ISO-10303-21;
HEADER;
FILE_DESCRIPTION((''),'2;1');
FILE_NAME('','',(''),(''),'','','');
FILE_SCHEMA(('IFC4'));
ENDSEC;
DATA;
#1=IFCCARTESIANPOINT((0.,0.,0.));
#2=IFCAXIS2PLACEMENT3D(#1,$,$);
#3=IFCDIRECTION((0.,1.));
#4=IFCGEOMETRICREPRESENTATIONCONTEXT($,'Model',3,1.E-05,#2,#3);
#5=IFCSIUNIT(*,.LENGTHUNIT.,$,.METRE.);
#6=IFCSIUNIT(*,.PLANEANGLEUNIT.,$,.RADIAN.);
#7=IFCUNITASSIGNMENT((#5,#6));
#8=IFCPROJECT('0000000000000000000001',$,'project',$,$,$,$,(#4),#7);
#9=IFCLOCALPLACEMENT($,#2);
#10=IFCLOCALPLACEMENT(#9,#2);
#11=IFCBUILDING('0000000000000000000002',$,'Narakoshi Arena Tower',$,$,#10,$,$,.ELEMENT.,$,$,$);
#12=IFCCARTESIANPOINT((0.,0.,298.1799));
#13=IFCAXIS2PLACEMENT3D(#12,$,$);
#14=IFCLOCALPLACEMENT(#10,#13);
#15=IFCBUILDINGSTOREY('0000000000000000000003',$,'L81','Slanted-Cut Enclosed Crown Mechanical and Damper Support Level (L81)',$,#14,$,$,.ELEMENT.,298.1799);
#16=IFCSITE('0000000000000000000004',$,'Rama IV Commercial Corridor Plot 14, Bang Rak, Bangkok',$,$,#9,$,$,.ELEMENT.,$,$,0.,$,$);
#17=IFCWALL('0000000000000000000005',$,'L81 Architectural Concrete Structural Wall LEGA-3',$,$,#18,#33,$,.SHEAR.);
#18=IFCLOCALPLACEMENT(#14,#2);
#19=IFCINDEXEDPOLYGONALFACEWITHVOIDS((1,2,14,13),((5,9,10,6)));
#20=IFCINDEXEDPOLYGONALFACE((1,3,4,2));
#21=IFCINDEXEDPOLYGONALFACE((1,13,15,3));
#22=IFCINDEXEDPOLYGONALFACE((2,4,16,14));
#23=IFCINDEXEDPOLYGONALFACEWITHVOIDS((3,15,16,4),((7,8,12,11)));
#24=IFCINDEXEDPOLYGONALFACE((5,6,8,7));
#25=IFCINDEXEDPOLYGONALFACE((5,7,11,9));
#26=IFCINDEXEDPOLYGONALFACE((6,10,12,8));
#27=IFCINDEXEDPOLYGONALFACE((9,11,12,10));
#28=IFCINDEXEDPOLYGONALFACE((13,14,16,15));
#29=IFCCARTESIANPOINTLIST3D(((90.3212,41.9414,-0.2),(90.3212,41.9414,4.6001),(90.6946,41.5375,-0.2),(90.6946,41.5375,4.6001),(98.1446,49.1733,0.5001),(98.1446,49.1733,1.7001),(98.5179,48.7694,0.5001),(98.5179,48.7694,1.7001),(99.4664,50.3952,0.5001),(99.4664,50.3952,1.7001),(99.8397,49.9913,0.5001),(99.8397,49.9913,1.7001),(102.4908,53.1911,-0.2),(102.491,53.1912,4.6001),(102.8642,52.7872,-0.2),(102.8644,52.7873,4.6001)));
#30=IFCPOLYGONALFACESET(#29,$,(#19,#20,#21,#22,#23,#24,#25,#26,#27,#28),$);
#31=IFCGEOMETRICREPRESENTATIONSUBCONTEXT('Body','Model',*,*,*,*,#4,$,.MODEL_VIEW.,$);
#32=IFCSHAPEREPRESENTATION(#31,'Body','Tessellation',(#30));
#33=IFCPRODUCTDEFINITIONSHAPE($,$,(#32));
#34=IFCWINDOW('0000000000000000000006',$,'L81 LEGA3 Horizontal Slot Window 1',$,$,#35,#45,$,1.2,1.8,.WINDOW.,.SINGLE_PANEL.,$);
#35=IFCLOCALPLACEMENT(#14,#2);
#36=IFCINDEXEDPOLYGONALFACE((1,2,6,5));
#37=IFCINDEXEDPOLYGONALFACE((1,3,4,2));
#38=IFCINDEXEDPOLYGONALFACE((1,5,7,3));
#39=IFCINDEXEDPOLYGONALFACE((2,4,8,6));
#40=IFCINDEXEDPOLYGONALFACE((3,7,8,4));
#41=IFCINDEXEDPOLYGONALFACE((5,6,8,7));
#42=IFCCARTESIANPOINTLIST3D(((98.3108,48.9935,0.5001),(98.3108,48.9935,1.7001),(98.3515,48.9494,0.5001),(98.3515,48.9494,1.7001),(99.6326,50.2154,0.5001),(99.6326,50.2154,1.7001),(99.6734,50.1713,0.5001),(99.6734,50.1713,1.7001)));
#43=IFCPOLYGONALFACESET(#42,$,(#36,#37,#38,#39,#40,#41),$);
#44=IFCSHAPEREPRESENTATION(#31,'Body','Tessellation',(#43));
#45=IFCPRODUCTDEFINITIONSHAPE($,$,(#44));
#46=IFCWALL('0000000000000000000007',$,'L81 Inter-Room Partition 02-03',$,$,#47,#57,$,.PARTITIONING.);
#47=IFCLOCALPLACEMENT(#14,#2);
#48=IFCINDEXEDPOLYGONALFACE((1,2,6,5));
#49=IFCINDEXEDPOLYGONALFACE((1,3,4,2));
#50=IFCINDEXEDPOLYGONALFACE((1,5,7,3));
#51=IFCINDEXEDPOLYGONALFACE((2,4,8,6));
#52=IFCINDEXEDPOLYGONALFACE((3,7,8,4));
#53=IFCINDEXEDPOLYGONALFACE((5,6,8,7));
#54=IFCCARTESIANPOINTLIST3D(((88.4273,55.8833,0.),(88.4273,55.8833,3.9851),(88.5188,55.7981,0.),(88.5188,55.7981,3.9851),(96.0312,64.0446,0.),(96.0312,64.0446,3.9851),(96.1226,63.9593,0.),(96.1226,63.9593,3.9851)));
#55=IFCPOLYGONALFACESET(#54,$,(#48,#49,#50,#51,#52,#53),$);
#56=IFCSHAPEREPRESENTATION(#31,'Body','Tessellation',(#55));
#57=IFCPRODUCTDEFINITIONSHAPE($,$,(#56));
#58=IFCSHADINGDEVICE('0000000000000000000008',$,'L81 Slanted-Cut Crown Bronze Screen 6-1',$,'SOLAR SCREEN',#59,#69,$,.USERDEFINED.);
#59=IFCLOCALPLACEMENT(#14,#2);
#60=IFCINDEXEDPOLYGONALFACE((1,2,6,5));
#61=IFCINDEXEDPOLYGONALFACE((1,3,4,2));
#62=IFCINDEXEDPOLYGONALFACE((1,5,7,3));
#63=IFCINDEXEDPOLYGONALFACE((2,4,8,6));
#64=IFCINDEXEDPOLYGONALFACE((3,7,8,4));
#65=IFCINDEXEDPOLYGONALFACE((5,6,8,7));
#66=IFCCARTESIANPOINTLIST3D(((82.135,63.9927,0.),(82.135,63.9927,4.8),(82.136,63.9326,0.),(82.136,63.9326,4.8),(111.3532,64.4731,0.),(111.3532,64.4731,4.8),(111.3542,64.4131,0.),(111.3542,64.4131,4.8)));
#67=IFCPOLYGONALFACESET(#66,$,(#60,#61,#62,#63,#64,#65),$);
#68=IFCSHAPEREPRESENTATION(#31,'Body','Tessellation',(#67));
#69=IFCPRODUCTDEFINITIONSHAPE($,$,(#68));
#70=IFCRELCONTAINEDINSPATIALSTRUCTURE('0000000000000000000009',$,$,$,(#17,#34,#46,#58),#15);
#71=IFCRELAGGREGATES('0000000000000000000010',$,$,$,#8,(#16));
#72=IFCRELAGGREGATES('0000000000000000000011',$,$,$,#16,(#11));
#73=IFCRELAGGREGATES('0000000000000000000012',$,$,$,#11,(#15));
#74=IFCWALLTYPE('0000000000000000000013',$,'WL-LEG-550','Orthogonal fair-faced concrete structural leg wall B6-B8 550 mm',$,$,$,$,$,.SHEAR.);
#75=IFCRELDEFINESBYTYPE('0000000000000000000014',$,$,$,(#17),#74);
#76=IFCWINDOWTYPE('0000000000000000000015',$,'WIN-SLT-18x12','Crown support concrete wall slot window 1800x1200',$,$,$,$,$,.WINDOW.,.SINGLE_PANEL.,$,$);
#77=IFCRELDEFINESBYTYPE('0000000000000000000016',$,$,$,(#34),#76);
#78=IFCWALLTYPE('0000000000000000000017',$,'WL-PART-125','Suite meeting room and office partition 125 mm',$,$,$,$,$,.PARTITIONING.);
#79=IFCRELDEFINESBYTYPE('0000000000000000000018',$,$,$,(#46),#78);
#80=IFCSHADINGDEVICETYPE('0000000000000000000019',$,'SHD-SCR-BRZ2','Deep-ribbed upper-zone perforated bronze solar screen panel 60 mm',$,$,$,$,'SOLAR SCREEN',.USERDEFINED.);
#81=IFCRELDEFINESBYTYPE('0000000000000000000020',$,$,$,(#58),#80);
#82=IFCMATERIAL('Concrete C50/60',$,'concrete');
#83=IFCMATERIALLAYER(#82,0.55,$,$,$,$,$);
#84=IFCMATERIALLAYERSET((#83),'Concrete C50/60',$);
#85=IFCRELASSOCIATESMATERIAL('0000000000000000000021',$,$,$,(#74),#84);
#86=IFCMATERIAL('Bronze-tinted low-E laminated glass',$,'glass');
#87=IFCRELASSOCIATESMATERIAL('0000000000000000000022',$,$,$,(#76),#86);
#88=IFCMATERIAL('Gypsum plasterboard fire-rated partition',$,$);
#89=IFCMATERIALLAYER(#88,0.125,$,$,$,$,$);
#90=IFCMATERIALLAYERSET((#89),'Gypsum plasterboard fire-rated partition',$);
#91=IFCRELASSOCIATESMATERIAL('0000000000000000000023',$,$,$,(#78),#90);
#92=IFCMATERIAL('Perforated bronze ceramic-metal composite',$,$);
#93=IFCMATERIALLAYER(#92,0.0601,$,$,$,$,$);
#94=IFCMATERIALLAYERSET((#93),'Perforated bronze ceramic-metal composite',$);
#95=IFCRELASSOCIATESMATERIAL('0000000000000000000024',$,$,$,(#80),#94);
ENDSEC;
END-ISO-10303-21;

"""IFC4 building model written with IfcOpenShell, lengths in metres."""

from ifc_helpers import new_model, si_unit, direction, frame, frame_2d, origin, origin_2d, place, context, subcontext, project, spatial, polyline, rectangle, outline, extrude, material, layer, layer_set, type_object, element, fill, save


model = new_model("IFC4")

# Units and contexts
model_context = context("Model", 3, precision=1e-05, world=origin(), true_north=direction((0.0, 1.0)))
body_context = subcontext(model_context, "Body", "Model", "MODEL_VIEW")
ifc_project = project(units=[si_unit("LENGTHUNIT", "METRE"), si_unit("PLANEANGLEUNIT", "RADIAN")], contexts=[model_context])

# Site, building, storey
site_placement = place(None, origin())
site = spatial("IfcSite", under=ifc_project, at=site_placement, Name="Rama IV Commercial Corridor Plot 14, Bang Rak, Bangkok", CompositionType="ELEMENT", RefElevation=0.0)
building_placement = place(site_placement, origin())
building = spatial("IfcBuilding", under=site, at=building_placement, Name="Narakoshi Arena Tower", CompositionType="ELEMENT")
storey_placement = place(building_placement, frame((0.0, 0.0, 298.1799)))
storey = spatial("IfcBuildingStorey", under=building, at=storey_placement, Name="L81", Description="Slanted-Cut Enclosed Crown Mechanical and Damper Support Level (L81)", CompositionType="ELEMENT", Elevation=298.1799)

# Shared definitions
ifc_material_1 = material(Name="Bronze-tinted low-E laminated glass", Category="glass")

# Shared definitions
ifc_material_2 = material(Name="Gypsum plasterboard fire-rated partition")

# Wall, opening, window
ifc_material_3 = material(Name="Concrete C50/60", Category="concrete")
ifc_layer_1 = layer(ifc_material_3, 0.55)
ifc_layer_set_1 = layer_set([ifc_layer_1], Name="Concrete C50/60")
wall_type_1 = type_object("IfcWallType", Name="WL-LEG-550", Description="Orthogonal fair-faced concrete structural leg wall B6-B8 550 mm", PredefinedType="SHEAR", material=ifc_layer_set_1)
wall_1_placement = place(storey_placement, frame((90.5078, 41.7395, -0.2), z_axis=(0.0, 0.0, 1.0), x_axis=(0.734316, 0.678808, 0.0)))
wall_1 = element("IfcWall", 1, at=wall_1_placement, inside=storey, type_object=wall_type_1, Name="L81 Architectural Concrete Structural Wall LEGA-3", PredefinedType="SHEAR", context=body_context, shape_type="SweptSolid", body=[
    extrude(outline(polyline([(0.0, 0.0), (16.5728, 0.0), (16.573, 4.8), (0.0, 4.8), (0.0, 0.0)])), frame((0.0, 0.2749, 0.0), z_axis=(0.0, -1.0, 0.0), x_axis=(1.0, 0.0, 0.0)), (0.0, 0.0, 1.0), 0.55),
])
opening_placement = place(wall_1_placement, frame((10.6541, 0.0, 0.7)))
opening = element("IfcOpeningElement", 2, at=opening_placement, cuts=wall_1, PredefinedType="OPENING", context=body_context, shape_type="SweptSolid", body=[
    extrude(rectangle(XDim=1.8, YDim=1.2, at=frame_2d((0.8999, 0.6001))), frame((0.0, 0.2849, 0.0), z_axis=(0.0, -1.0, 0.0), x_axis=(1.0, 0.0, 0.0)), (0.0, 0.0, 1.0), 0.5701),
])
window_type = type_object("IfcWindowType", Name="WIN-SLT-18x12", Description="Crown support concrete wall slot window 1800x1200", PartitioningType="SINGLE_PANEL", PredefinedType="WINDOW", material=ifc_material_1)
window_placement = place(opening_placement, origin())
window = element("IfcWindow", 3, at=window_placement, inside=storey, type_object=window_type, Name="L81 LEGA3 Horizontal Slot Window 1", OverallHeight=1.2, OverallWidth=1.8, PartitioningType="SINGLE_PANEL", PredefinedType="WINDOW", context=body_context, shape_type="SweptSolid", body=[
    extrude(rectangle(XDim=1.8, YDim=1.2, at=frame_2d((0.8999, 0.6001))), frame((0.0, 0.03, 0.0), z_axis=(0.0, -1.0, 0.0), x_axis=(1.0, 0.0, 0.0)), (0.0, 0.0, 1.0), 0.0601),
])
fill(opening, window)

# Wall
ifc_layer_2 = layer(ifc_material_2, 0.125)
ifc_layer_set_2 = layer_set([ifc_layer_2], Name="Gypsum plasterboard fire-rated partition")
wall_type_2 = type_object("IfcWallType", Name="WL-PART-125", Description="Suite meeting room and office partition 125 mm", PredefinedType="PARTITIONING", material=ifc_layer_set_2)
wall_2_placement = place(storey_placement, frame((88.4731, 55.8408, 0.0), z_axis=(0.0, 0.0, 1.0), x_axis=(0.681681, 0.73165, 0.0)))
element("IfcWall", 4, at=wall_2_placement, inside=storey, type_object=wall_type_2, Name="L81 Inter-Room Partition 02-03", PredefinedType="PARTITIONING", context=body_context, shape_type="SweptSolid", body=[
    extrude(rectangle(XDim=11.1545, YDim=0.125, at=frame_2d((5.5771, 0.0))), origin(), (0.0, 0.0, 1.0), 3.9851),
])

# Shading device
ifc_material_4 = material(Name="Perforated bronze ceramic-metal composite")
ifc_layer_3 = layer(ifc_material_4, 0.0601)
ifc_layer_set_3 = layer_set([ifc_layer_3], Name="Perforated bronze ceramic-metal composite")
shading_device_type = type_object("IfcShadingDeviceType", Name="SHD-SCR-BRZ2", Description="Deep-ribbed upper-zone perforated bronze solar screen panel 60 mm", ElementType="SOLAR SCREEN", PredefinedType="USERDEFINED", material=ifc_layer_set_3)
shading_device_placement = place(storey_placement, frame((96.7446, 64.2029, 0.0), z_axis=(0.0, 0.0, 1.0), x_axis=(0.999865, 0.01644, 0.0)))
element("IfcShadingDevice", 5, at=shading_device_placement, inside=storey, type_object=shading_device_type, Name="L81 Slanted-Cut Crown Bronze Screen 6-1", ObjectType="SOLAR SCREEN", PredefinedType="USERDEFINED", context=body_context, shape_type="SweptSolid", body=[
    extrude(rectangle(XDim=29.2222, YDim=0.0601, at=origin_2d()), origin(), (0.0, 0.0, 1.0), 4.8),
])

save(model, "model.ifc")
